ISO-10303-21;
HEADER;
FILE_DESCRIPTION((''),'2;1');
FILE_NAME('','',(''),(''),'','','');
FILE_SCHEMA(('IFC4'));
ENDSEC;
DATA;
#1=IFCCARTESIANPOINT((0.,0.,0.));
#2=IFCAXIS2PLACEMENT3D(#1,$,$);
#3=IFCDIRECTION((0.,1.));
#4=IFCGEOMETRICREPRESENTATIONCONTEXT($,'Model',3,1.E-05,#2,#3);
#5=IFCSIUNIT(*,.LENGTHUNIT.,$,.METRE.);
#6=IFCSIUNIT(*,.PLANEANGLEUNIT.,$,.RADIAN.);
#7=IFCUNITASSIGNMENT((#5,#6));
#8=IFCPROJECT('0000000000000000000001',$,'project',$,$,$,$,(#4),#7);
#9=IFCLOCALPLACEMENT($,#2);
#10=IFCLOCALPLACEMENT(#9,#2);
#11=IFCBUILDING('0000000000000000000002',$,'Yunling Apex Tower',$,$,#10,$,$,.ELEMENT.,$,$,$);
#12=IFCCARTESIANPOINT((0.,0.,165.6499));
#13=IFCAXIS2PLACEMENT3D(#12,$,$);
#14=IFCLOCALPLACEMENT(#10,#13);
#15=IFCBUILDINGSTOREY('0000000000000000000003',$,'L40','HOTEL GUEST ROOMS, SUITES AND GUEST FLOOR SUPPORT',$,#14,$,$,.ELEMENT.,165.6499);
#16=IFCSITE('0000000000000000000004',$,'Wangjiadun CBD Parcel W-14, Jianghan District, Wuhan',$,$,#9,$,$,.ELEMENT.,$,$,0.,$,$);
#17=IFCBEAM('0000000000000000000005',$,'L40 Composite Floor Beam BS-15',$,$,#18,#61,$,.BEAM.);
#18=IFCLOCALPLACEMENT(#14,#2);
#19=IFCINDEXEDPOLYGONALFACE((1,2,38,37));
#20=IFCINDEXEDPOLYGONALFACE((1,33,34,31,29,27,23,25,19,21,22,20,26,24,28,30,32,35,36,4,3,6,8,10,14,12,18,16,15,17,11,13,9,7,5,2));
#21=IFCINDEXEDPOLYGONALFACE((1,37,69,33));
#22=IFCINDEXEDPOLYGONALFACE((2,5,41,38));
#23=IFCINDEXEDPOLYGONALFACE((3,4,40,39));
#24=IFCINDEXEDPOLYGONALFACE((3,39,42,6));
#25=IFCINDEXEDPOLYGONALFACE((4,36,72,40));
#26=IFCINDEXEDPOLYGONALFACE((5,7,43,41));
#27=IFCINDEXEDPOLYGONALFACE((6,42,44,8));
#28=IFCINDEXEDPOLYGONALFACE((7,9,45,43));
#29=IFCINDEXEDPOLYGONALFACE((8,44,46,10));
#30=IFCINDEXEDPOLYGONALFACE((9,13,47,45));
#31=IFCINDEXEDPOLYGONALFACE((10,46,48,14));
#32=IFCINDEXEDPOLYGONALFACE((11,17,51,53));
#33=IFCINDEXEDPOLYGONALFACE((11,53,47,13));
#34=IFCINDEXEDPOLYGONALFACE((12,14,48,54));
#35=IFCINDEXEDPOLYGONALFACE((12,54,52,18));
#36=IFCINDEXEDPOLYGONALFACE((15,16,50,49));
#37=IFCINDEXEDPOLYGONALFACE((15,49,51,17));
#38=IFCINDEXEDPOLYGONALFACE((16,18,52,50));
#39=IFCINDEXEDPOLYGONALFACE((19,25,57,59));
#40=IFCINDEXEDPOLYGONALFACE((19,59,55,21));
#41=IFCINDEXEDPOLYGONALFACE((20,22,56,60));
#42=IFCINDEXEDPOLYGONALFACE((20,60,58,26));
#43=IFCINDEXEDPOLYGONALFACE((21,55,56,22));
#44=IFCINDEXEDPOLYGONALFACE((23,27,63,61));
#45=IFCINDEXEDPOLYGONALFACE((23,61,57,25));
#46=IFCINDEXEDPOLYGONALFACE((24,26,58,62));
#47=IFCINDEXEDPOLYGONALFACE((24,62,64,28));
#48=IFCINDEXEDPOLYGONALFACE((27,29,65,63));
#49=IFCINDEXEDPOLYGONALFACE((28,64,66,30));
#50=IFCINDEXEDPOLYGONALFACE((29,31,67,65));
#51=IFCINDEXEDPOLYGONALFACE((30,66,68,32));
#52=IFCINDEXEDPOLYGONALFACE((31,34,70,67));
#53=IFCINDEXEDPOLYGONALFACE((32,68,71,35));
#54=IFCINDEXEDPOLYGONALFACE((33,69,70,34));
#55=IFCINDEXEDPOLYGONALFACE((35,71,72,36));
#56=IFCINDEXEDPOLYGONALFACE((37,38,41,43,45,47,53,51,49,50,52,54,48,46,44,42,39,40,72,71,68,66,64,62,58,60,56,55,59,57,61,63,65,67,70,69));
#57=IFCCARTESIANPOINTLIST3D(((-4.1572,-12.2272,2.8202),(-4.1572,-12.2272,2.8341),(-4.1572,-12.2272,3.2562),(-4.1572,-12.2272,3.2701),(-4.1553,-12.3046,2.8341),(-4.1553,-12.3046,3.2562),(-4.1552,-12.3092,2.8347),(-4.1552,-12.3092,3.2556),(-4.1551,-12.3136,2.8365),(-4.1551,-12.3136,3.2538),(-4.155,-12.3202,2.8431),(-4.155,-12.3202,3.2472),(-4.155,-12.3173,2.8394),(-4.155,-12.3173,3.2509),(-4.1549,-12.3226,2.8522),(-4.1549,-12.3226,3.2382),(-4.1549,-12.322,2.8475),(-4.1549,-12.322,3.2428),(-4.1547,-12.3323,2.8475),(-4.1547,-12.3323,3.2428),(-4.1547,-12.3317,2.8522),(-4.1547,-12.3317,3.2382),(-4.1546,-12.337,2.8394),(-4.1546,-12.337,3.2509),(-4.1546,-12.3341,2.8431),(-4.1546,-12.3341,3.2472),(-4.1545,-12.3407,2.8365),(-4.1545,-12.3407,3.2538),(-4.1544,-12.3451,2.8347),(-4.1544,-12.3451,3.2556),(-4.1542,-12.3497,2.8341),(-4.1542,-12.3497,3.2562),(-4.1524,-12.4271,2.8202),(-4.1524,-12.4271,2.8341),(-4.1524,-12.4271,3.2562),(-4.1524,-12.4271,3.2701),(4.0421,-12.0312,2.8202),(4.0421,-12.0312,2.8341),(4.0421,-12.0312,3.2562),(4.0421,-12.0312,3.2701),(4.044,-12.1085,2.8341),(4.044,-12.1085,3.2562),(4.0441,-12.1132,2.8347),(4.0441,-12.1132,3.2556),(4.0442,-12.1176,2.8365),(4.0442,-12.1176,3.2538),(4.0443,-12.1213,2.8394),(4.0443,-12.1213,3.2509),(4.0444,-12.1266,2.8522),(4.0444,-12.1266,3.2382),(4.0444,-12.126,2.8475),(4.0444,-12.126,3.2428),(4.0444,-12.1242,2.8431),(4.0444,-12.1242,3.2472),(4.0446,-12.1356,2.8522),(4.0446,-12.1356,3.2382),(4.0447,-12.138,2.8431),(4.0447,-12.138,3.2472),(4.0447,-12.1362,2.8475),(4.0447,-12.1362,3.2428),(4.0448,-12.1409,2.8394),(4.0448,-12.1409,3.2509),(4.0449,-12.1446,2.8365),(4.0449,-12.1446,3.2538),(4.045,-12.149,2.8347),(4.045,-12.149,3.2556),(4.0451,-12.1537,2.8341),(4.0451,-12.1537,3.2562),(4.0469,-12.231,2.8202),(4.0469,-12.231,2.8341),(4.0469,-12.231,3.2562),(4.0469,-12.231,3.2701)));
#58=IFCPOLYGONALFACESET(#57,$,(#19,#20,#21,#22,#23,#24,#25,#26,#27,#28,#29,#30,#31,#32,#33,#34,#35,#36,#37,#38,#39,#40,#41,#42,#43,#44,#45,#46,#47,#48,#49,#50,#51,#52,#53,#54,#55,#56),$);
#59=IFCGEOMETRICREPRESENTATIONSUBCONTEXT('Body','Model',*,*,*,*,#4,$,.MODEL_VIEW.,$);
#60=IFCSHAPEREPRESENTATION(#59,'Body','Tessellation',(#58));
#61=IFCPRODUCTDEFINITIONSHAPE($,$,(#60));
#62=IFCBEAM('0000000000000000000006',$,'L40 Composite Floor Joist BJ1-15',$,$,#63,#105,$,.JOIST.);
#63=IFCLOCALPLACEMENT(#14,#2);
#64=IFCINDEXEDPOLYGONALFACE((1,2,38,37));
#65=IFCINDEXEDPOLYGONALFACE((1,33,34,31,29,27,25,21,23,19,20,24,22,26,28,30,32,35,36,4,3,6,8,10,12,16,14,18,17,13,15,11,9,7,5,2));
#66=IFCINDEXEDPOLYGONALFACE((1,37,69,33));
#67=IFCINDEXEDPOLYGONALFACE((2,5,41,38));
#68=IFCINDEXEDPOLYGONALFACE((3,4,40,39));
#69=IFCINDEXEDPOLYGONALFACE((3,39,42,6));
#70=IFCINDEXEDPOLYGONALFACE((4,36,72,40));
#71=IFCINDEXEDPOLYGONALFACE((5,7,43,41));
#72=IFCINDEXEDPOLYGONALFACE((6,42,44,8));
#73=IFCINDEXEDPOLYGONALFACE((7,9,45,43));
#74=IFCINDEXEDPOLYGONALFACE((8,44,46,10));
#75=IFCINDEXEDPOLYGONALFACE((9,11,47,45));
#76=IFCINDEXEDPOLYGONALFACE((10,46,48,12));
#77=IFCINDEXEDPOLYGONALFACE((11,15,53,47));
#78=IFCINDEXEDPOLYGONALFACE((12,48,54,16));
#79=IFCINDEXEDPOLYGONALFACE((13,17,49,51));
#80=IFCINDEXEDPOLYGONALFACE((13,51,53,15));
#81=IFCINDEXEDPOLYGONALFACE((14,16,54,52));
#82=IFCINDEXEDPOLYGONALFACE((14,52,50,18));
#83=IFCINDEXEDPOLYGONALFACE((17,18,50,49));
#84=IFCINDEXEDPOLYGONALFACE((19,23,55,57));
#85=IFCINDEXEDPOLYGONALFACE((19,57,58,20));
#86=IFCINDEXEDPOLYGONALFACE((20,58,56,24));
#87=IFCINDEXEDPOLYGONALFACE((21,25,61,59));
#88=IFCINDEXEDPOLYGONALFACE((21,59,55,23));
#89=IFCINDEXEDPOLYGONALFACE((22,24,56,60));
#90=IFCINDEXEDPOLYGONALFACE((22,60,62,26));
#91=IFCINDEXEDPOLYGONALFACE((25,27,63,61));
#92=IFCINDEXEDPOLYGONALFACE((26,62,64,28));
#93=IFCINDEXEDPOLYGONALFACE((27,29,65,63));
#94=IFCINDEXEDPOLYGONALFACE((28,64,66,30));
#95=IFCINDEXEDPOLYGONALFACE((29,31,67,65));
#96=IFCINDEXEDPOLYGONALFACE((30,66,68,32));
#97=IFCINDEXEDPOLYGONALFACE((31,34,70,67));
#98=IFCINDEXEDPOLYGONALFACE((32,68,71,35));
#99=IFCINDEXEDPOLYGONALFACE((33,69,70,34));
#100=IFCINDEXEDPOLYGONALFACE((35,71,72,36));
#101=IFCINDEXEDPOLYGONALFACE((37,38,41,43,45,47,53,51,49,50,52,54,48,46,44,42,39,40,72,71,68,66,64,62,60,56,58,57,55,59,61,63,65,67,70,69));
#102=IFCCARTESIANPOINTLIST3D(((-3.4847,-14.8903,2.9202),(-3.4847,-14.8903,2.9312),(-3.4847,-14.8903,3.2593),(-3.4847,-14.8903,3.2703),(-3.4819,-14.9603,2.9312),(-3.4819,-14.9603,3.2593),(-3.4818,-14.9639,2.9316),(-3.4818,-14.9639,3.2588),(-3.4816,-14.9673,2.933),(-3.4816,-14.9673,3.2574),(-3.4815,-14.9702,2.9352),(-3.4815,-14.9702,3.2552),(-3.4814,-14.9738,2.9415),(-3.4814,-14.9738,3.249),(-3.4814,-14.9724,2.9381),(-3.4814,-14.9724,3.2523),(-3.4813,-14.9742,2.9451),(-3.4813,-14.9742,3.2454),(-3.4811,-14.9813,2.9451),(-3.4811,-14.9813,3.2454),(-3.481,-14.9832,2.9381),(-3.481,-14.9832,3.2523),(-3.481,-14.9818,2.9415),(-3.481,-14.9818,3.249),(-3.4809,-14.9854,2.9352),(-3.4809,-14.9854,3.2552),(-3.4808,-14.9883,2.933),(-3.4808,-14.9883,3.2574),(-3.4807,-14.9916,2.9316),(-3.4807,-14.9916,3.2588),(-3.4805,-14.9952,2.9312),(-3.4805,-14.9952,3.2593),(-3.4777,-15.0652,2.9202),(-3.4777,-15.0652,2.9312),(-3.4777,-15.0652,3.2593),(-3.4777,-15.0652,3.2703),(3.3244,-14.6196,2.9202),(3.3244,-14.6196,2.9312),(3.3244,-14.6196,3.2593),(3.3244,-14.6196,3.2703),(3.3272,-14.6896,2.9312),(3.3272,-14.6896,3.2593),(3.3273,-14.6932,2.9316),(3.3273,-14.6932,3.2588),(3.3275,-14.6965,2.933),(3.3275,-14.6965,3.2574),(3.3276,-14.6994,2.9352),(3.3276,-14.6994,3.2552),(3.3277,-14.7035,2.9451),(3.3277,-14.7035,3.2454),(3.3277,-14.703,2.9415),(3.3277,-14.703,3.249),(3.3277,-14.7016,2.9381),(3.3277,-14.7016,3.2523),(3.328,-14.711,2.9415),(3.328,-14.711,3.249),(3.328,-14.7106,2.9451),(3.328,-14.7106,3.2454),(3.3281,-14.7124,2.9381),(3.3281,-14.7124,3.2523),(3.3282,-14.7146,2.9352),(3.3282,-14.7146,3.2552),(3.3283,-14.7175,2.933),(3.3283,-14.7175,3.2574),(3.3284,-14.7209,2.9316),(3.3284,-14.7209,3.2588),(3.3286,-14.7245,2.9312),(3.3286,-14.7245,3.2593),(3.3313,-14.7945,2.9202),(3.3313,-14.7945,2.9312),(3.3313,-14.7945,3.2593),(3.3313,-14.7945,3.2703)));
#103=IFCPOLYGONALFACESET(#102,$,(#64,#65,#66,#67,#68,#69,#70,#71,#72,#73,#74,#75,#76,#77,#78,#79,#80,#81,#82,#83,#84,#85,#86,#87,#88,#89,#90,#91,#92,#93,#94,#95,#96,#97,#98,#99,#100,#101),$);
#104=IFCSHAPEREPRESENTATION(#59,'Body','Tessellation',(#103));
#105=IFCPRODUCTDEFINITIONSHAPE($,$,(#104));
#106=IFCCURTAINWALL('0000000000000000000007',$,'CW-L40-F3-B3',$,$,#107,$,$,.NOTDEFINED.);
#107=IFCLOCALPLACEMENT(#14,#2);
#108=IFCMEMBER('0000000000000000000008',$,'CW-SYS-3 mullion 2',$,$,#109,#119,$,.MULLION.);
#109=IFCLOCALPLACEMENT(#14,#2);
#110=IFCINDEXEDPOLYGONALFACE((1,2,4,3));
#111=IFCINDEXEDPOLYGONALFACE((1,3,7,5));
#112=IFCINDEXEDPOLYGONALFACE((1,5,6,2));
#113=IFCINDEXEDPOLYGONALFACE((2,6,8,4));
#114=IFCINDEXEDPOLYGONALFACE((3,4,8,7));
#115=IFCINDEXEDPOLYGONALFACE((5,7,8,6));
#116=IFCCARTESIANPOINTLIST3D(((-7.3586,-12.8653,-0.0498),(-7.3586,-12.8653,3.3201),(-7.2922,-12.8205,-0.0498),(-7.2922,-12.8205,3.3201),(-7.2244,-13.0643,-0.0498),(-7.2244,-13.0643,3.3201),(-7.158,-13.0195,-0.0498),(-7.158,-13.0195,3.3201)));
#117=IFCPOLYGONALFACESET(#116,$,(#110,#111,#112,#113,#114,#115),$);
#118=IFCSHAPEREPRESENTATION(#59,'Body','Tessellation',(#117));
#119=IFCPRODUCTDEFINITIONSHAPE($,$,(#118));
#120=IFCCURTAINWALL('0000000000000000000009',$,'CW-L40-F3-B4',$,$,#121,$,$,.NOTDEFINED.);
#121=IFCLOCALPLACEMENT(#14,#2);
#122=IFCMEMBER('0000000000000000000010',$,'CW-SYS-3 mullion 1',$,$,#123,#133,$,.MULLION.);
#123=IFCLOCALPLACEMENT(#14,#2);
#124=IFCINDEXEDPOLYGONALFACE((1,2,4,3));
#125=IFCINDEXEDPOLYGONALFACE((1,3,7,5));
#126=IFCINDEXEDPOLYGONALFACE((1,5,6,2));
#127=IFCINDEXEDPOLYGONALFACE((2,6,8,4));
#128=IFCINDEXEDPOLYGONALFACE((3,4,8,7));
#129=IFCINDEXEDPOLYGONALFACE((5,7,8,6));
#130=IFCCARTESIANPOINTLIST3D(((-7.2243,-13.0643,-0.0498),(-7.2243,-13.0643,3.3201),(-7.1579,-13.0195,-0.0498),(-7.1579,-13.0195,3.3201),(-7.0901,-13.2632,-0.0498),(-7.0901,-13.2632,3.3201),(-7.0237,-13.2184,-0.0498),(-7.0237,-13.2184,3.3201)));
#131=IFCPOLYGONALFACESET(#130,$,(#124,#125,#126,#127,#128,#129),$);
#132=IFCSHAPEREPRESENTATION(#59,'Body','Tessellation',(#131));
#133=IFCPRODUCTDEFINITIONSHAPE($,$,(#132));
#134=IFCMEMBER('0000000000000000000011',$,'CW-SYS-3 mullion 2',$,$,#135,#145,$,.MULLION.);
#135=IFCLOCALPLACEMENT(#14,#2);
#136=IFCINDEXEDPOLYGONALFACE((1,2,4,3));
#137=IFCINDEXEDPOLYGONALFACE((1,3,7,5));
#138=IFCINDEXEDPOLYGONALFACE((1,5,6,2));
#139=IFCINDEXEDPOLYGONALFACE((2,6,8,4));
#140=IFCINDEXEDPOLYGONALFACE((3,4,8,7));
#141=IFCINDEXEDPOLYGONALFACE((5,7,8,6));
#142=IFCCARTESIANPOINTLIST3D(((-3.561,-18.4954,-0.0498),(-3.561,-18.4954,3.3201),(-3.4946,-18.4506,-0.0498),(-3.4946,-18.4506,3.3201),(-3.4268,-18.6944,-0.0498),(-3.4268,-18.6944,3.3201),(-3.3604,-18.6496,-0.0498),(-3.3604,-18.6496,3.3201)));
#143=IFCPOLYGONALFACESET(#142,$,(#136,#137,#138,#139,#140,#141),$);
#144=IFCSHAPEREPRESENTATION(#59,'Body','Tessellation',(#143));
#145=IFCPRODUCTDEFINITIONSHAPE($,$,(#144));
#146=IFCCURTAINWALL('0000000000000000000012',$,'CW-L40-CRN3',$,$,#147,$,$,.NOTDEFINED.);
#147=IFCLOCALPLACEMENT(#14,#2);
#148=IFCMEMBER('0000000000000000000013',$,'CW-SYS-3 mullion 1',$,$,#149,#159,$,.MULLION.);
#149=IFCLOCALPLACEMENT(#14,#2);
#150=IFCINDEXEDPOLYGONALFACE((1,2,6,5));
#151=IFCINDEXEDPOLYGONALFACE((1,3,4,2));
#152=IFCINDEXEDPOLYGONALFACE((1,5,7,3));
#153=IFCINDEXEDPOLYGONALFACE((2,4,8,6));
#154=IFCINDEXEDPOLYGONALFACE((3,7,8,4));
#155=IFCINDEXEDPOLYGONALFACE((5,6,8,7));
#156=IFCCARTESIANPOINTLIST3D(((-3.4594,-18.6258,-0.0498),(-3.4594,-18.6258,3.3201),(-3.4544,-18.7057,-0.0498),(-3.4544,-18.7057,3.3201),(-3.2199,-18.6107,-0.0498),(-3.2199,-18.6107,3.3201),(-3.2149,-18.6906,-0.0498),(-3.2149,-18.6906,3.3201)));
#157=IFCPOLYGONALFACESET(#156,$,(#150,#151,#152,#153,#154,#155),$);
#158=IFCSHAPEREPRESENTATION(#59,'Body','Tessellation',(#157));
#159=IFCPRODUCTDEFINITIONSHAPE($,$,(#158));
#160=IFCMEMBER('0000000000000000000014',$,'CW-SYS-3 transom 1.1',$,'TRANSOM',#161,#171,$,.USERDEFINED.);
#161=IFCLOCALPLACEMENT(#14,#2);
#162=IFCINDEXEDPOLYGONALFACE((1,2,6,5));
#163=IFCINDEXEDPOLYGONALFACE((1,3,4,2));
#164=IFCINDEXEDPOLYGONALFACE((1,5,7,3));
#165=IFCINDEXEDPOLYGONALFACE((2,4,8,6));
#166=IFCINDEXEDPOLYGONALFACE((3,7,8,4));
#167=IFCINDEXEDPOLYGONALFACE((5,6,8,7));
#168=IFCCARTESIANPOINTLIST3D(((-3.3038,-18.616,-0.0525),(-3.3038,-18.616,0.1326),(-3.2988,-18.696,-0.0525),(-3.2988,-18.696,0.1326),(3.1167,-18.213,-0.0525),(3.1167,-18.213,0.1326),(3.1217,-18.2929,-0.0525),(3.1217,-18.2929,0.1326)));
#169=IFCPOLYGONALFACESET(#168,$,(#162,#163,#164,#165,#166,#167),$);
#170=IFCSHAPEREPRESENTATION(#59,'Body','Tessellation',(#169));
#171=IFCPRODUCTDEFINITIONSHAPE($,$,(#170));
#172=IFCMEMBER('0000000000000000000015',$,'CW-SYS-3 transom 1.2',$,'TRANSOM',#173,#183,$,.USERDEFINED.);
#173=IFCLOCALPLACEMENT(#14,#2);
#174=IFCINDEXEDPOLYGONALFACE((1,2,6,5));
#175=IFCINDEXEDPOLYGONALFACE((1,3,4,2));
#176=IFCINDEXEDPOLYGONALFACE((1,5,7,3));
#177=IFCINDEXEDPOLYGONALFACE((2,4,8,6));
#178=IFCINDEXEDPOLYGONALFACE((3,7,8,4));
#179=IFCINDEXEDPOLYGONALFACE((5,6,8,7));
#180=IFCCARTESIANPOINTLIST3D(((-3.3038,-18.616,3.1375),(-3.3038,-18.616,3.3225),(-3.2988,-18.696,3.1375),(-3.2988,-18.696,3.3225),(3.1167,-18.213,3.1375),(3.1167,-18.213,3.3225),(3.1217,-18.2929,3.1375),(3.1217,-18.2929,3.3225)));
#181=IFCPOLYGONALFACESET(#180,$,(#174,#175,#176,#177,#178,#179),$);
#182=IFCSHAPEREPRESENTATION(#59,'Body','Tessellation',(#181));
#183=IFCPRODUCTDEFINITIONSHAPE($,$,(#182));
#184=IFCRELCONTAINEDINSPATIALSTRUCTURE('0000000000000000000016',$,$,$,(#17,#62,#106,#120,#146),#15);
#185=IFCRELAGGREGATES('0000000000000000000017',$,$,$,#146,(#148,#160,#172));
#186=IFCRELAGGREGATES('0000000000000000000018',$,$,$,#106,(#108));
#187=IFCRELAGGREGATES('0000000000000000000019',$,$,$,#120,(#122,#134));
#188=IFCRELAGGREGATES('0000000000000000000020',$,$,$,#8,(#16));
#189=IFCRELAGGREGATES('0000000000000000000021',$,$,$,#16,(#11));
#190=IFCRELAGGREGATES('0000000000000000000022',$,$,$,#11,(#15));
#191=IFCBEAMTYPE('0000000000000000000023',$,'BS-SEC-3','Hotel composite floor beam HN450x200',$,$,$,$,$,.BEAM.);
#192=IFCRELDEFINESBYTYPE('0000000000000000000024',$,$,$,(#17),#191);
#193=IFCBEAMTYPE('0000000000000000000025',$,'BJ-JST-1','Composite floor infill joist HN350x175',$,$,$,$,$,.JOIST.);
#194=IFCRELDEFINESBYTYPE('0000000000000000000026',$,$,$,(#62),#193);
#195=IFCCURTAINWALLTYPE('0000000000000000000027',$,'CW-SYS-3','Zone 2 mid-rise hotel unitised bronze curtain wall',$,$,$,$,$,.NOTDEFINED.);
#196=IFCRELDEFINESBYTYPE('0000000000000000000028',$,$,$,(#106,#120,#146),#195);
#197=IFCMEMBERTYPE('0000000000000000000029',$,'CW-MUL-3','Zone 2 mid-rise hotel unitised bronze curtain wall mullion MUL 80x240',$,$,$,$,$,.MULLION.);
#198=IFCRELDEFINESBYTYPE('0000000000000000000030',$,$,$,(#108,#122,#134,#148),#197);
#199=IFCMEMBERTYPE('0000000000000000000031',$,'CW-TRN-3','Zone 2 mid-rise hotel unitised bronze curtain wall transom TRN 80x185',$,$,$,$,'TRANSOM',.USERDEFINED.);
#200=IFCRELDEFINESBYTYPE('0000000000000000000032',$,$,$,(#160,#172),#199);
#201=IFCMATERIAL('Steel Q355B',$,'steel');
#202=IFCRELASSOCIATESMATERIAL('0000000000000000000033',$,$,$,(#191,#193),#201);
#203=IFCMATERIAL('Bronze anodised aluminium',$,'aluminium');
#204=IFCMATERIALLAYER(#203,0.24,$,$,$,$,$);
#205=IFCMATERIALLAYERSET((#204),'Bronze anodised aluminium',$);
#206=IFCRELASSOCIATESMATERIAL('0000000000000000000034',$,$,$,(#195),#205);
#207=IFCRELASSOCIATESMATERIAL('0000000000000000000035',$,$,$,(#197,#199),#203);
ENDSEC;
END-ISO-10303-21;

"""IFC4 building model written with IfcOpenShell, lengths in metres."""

from ifc_helpers import new_model, si_unit, direction, frame, origin, origin_2d, place, context, subcontext, project, spatial, rectangle, i_section, extrude, source, transform, mapped, material, layer, layer_set, material_profile, profile_set, type_object, element, aggregate, save


model = new_model("IFC4")

# Units and contexts
model_context = context("Model", 3, precision=1e-05, world=origin(), true_north=direction((0.0, 1.0)))
body_context = subcontext(model_context, "Body", "Model", "MODEL_VIEW")
ifc_project = project(units=[si_unit("LENGTHUNIT", "METRE"), si_unit("PLANEANGLEUNIT", "RADIAN")], contexts=[model_context])

# Site, building, storey
site_placement = place(None, origin())
site = spatial("IfcSite", under=ifc_project, at=site_placement, Name="Wangjiadun CBD Parcel W-14, Jianghan District, Wuhan", CompositionType="ELEMENT", RefElevation=0.0)
building_placement = place(site_placement, origin())
building = spatial("IfcBuilding", under=site, at=building_placement, Name="Yunling Apex Tower", CompositionType="ELEMENT")
storey_placement = place(building_placement, frame((0.0, 0.0, 165.6499)))
storey = spatial("IfcBuildingStorey", under=building, at=storey_placement, Name="L40", Description="HOTEL GUEST ROOMS, SUITES AND GUEST FLOOR SUPPORT", CompositionType="ELEMENT", Elevation=165.6499)

# Beams
ifc_material_1 = material(Name="Steel Q355B", Category="steel")
ifc_material_profile_1 = material_profile(ifc_material_1, i_section(OverallWidth=0.2, OverallDepth=0.45, WebThickness=0.009, FlangeThickness=0.0139, FilletRadius=0.0181, at=origin_2d()))
ifc_profile_set_1 = profile_set([ifc_material_profile_1], Name="Steel Q355B")
beam_type_1 = type_object("IfcBeamType", Name="BS-SEC-3", Description="Hotel composite floor beam HN450x200", PredefinedType="BEAM", material=ifc_profile_set_1)
shared_shape_1 = source(origin(), body_context, "Body", "SweptSolid", [
    extrude(i_section(OverallWidth=0.2, OverallDepth=0.45, WebThickness=0.009, FlangeThickness=0.0139, FilletRadius=0.0181, at=origin_2d()), origin(), (0.0, 0.0, 1.0), 8.2017),
])
beam_1_placement = place(storey_placement, frame((-4.1548, -12.3271, 3.0452), z_axis=(0.999714, 0.023903, 0.0), x_axis=(-0.023903, 0.999714, 0.0)))
element("IfcBeam", 1, at=beam_1_placement, inside=storey, type_object=beam_type_1, Name="L40 Composite Floor Beam BS-15", PredefinedType="BEAM", context=body_context, shape_type="MappedRepresentation", body=[
    mapped(shared_shape_1, transform((0.0, 0.0, 0.0), scale=1.0)),
])
ifc_material_profile_2 = material_profile(ifc_material_1, i_section(OverallWidth=0.175, OverallDepth=0.3501, WebThickness=0.0071, FlangeThickness=0.011, FilletRadius=0.0139, at=origin_2d()))
ifc_profile_set_2 = profile_set([ifc_material_profile_2], Name="Steel Q355B")
beam_type_2 = type_object("IfcBeamType", Name="BJ-JST-1", Description="Composite floor infill joist HN350x175", PredefinedType="JOIST", material=ifc_profile_set_2)
shared_shape_2 = source(origin(), body_context, "Body", "SweptSolid", [
    extrude(i_section(OverallWidth=0.175, OverallDepth=0.3501, WebThickness=0.0071, FlangeThickness=0.011, FilletRadius=0.0139, at=origin_2d()), origin(), (0.0, 0.0, 1.0), 6.8145),
])
beam_2_placement = place(storey_placement, frame((-3.4812, -14.9778, 3.0952), z_axis=(0.99921, 0.039732, 0.0), x_axis=(-0.039732, 0.99921, 0.0)))
element("IfcBeam", 2, at=beam_2_placement, inside=storey, type_object=beam_type_2, Name="L40 Composite Floor Joist BJ1-15", PredefinedType="JOIST", context=body_context, shape_type="MappedRepresentation", body=[
    mapped(shared_shape_2, transform((0.0, 0.0, 0.0), scale=1.0)),
])

# Curtain wall, member
ifc_material_2 = material(Name="Bronze anodised aluminium", Category="aluminium")
ifc_layer_1 = layer(ifc_material_2, 0.24)
ifc_layer_set_1 = layer_set([ifc_layer_1], Name="Bronze anodised aluminium")
curtain_wall_type = type_object("IfcCurtainWallType", Name="CW-SYS-3", Description="Zone 2 mid-rise hotel unitised bronze curtain wall", PredefinedType="NOTDEFINED", material=ifc_layer_set_1)
curtain_wall_1_placement = place(storey_placement, origin())
curtain_wall_1 = element("IfcCurtainWall", 3, at=curtain_wall_1_placement, inside=storey, type_object=curtain_wall_type, Name="CW-L40-F3-B3", PredefinedType="NOTDEFINED")
ifc_material_profile_3 = material_profile(ifc_material_2, rectangle(XDim=0.0801, YDim=0.24, at=origin_2d()))
ifc_profile_set_3 = profile_set([ifc_material_profile_3], Name="Bronze anodised aluminium")
member_type_1 = type_object("IfcMemberType", Name="CW-MUL-3", Description="Zone 2 mid-rise hotel unitised bronze curtain wall mullion MUL 80x240", PredefinedType="MULLION", material=ifc_profile_set_3)
shared_shape_3 = source(origin(), body_context, "Body", "SweptSolid", [
    extrude(rectangle(XDim=0.0801, YDim=0.24, at=origin_2d()), origin(), (0.0, 0.0, 1.0), 3.3699),
])
member_1_placement = place(storey_placement, frame((-7.2583, -12.9424, -0.0498), z_axis=(0.0, 0.0, 1.0), x_axis=(0.829041, 0.559188, 0.0)))
member_1 = element("IfcMember", 4, at=member_1_placement, type_object=member_type_1, Name="CW-SYS-3 mullion 2", PredefinedType="MULLION", context=body_context, shape_type="MappedRepresentation", body=[
    mapped(shared_shape_3, transform((0.0, 0.0, 0.0), scale=1.0)),
])

# Curtain walls, members
curtain_wall_2_placement = place(storey_placement, origin())
curtain_wall_2 = element("IfcCurtainWall", 5, at=curtain_wall_2_placement, inside=storey, type_object=curtain_wall_type, Name="CW-L40-F3-B4", PredefinedType="NOTDEFINED")
member_2_placement = place(storey_placement, frame((-7.124, -13.1414, -0.0498), z_axis=(0.0, 0.0, 1.0), x_axis=(0.829045, 0.559181, 0.0)))
member_2 = element("IfcMember", 6, at=member_2_placement, type_object=member_type_1, Name="CW-SYS-3 mullion 1", PredefinedType="MULLION", context=body_context, shape_type="MappedRepresentation", body=[
    mapped(shared_shape_3, transform((0.0, 0.0, 0.0), scale=1.0)),
])
member_3_placement = place(storey_placement, frame((-3.4607, -18.5725, -0.0498), z_axis=(0.0, 0.0, 1.0), x_axis=(0.829045, 0.559181, 0.0)))
member_3 = element("IfcMember", 7, at=member_3_placement, type_object=member_type_1, Name="CW-SYS-3 mullion 2", PredefinedType="MULLION", context=body_context, shape_type="MappedRepresentation", body=[
    mapped(shared_shape_3, transform((0.0, 0.0, 0.0), scale=1.0)),
])
curtain_wall_3_placement = place(storey_placement, origin())
curtain_wall_3 = element("IfcCurtainWall", 8, at=curtain_wall_3_placement, inside=storey, type_object=curtain_wall_type, Name="CW-L40-CRN3", PredefinedType="NOTDEFINED")
member_4_placement = place(storey_placement, frame((-3.3372, -18.6582, -0.0498), z_axis=(0.0, 0.0, 1.0), x_axis=(-0.062672, 0.998034, 0.0)))
member_4 = element("IfcMember", 9, at=member_4_placement, type_object=member_type_1, Name="CW-SYS-3 mullion 1", PredefinedType="MULLION", context=body_context, shape_type="MappedRepresentation", body=[
    mapped(shared_shape_3, transform((0.0, 0.0, 0.0), scale=1.0)),
])
ifc_material_profile_4 = material_profile(ifc_material_2, rectangle(XDim=0.0801, YDim=0.1851, at=origin_2d()))
ifc_profile_set_4 = profile_set([ifc_material_profile_4], Name="Bronze anodised aluminium")
member_type_2 = type_object("IfcMemberType", Name="CW-TRN-3", Description="Zone 2 mid-rise hotel unitised bronze curtain wall transom TRN 80x185", ElementType="TRANSOM", PredefinedType="USERDEFINED", material=ifc_profile_set_4)
shared_shape_4 = source(origin(), body_context, "Body", "SweptSolid", [
    extrude(rectangle(XDim=0.0801, YDim=0.1851, at=origin_2d()), origin(), (0.0, 0.0, 1.0), 6.4331),
])
member_5_placement = place(storey_placement, frame((-3.3013, -18.656, 0.04), z_axis=(0.998035, 0.062657, 0.0), x_axis=(-0.062657, 0.998035, 0.0)))
member_5 = element("IfcMember", 10, at=member_5_placement, type_object=member_type_2, Name="CW-SYS-3 transom 1.1", ObjectType="TRANSOM", PredefinedType="USERDEFINED", context=body_context, shape_type="MappedRepresentation", body=[
    mapped(shared_shape_4, transform((0.0, 0.0, 0.0), scale=1.0)),
])
member_6_placement = place(storey_placement, frame((-3.3013, -18.656, 3.23), z_axis=(0.998035, 0.062657, 0.0), x_axis=(-0.062657, 0.998035, 0.0)))
member_6 = element("IfcMember", 11, at=member_6_placement, type_object=member_type_2, Name="CW-SYS-3 transom 1.2", ObjectType="TRANSOM", PredefinedType="USERDEFINED", context=body_context, shape_type="MappedRepresentation", body=[
    mapped(shared_shape_4, transform((0.0, 0.0, 0.0), scale=1.0)),
])
aggregate(curtain_wall_3, [member_4, member_5, member_6])

aggregate(curtain_wall_1, [member_1])
aggregate(curtain_wall_2, [member_2, member_3])

save(model, "model.ifc")
